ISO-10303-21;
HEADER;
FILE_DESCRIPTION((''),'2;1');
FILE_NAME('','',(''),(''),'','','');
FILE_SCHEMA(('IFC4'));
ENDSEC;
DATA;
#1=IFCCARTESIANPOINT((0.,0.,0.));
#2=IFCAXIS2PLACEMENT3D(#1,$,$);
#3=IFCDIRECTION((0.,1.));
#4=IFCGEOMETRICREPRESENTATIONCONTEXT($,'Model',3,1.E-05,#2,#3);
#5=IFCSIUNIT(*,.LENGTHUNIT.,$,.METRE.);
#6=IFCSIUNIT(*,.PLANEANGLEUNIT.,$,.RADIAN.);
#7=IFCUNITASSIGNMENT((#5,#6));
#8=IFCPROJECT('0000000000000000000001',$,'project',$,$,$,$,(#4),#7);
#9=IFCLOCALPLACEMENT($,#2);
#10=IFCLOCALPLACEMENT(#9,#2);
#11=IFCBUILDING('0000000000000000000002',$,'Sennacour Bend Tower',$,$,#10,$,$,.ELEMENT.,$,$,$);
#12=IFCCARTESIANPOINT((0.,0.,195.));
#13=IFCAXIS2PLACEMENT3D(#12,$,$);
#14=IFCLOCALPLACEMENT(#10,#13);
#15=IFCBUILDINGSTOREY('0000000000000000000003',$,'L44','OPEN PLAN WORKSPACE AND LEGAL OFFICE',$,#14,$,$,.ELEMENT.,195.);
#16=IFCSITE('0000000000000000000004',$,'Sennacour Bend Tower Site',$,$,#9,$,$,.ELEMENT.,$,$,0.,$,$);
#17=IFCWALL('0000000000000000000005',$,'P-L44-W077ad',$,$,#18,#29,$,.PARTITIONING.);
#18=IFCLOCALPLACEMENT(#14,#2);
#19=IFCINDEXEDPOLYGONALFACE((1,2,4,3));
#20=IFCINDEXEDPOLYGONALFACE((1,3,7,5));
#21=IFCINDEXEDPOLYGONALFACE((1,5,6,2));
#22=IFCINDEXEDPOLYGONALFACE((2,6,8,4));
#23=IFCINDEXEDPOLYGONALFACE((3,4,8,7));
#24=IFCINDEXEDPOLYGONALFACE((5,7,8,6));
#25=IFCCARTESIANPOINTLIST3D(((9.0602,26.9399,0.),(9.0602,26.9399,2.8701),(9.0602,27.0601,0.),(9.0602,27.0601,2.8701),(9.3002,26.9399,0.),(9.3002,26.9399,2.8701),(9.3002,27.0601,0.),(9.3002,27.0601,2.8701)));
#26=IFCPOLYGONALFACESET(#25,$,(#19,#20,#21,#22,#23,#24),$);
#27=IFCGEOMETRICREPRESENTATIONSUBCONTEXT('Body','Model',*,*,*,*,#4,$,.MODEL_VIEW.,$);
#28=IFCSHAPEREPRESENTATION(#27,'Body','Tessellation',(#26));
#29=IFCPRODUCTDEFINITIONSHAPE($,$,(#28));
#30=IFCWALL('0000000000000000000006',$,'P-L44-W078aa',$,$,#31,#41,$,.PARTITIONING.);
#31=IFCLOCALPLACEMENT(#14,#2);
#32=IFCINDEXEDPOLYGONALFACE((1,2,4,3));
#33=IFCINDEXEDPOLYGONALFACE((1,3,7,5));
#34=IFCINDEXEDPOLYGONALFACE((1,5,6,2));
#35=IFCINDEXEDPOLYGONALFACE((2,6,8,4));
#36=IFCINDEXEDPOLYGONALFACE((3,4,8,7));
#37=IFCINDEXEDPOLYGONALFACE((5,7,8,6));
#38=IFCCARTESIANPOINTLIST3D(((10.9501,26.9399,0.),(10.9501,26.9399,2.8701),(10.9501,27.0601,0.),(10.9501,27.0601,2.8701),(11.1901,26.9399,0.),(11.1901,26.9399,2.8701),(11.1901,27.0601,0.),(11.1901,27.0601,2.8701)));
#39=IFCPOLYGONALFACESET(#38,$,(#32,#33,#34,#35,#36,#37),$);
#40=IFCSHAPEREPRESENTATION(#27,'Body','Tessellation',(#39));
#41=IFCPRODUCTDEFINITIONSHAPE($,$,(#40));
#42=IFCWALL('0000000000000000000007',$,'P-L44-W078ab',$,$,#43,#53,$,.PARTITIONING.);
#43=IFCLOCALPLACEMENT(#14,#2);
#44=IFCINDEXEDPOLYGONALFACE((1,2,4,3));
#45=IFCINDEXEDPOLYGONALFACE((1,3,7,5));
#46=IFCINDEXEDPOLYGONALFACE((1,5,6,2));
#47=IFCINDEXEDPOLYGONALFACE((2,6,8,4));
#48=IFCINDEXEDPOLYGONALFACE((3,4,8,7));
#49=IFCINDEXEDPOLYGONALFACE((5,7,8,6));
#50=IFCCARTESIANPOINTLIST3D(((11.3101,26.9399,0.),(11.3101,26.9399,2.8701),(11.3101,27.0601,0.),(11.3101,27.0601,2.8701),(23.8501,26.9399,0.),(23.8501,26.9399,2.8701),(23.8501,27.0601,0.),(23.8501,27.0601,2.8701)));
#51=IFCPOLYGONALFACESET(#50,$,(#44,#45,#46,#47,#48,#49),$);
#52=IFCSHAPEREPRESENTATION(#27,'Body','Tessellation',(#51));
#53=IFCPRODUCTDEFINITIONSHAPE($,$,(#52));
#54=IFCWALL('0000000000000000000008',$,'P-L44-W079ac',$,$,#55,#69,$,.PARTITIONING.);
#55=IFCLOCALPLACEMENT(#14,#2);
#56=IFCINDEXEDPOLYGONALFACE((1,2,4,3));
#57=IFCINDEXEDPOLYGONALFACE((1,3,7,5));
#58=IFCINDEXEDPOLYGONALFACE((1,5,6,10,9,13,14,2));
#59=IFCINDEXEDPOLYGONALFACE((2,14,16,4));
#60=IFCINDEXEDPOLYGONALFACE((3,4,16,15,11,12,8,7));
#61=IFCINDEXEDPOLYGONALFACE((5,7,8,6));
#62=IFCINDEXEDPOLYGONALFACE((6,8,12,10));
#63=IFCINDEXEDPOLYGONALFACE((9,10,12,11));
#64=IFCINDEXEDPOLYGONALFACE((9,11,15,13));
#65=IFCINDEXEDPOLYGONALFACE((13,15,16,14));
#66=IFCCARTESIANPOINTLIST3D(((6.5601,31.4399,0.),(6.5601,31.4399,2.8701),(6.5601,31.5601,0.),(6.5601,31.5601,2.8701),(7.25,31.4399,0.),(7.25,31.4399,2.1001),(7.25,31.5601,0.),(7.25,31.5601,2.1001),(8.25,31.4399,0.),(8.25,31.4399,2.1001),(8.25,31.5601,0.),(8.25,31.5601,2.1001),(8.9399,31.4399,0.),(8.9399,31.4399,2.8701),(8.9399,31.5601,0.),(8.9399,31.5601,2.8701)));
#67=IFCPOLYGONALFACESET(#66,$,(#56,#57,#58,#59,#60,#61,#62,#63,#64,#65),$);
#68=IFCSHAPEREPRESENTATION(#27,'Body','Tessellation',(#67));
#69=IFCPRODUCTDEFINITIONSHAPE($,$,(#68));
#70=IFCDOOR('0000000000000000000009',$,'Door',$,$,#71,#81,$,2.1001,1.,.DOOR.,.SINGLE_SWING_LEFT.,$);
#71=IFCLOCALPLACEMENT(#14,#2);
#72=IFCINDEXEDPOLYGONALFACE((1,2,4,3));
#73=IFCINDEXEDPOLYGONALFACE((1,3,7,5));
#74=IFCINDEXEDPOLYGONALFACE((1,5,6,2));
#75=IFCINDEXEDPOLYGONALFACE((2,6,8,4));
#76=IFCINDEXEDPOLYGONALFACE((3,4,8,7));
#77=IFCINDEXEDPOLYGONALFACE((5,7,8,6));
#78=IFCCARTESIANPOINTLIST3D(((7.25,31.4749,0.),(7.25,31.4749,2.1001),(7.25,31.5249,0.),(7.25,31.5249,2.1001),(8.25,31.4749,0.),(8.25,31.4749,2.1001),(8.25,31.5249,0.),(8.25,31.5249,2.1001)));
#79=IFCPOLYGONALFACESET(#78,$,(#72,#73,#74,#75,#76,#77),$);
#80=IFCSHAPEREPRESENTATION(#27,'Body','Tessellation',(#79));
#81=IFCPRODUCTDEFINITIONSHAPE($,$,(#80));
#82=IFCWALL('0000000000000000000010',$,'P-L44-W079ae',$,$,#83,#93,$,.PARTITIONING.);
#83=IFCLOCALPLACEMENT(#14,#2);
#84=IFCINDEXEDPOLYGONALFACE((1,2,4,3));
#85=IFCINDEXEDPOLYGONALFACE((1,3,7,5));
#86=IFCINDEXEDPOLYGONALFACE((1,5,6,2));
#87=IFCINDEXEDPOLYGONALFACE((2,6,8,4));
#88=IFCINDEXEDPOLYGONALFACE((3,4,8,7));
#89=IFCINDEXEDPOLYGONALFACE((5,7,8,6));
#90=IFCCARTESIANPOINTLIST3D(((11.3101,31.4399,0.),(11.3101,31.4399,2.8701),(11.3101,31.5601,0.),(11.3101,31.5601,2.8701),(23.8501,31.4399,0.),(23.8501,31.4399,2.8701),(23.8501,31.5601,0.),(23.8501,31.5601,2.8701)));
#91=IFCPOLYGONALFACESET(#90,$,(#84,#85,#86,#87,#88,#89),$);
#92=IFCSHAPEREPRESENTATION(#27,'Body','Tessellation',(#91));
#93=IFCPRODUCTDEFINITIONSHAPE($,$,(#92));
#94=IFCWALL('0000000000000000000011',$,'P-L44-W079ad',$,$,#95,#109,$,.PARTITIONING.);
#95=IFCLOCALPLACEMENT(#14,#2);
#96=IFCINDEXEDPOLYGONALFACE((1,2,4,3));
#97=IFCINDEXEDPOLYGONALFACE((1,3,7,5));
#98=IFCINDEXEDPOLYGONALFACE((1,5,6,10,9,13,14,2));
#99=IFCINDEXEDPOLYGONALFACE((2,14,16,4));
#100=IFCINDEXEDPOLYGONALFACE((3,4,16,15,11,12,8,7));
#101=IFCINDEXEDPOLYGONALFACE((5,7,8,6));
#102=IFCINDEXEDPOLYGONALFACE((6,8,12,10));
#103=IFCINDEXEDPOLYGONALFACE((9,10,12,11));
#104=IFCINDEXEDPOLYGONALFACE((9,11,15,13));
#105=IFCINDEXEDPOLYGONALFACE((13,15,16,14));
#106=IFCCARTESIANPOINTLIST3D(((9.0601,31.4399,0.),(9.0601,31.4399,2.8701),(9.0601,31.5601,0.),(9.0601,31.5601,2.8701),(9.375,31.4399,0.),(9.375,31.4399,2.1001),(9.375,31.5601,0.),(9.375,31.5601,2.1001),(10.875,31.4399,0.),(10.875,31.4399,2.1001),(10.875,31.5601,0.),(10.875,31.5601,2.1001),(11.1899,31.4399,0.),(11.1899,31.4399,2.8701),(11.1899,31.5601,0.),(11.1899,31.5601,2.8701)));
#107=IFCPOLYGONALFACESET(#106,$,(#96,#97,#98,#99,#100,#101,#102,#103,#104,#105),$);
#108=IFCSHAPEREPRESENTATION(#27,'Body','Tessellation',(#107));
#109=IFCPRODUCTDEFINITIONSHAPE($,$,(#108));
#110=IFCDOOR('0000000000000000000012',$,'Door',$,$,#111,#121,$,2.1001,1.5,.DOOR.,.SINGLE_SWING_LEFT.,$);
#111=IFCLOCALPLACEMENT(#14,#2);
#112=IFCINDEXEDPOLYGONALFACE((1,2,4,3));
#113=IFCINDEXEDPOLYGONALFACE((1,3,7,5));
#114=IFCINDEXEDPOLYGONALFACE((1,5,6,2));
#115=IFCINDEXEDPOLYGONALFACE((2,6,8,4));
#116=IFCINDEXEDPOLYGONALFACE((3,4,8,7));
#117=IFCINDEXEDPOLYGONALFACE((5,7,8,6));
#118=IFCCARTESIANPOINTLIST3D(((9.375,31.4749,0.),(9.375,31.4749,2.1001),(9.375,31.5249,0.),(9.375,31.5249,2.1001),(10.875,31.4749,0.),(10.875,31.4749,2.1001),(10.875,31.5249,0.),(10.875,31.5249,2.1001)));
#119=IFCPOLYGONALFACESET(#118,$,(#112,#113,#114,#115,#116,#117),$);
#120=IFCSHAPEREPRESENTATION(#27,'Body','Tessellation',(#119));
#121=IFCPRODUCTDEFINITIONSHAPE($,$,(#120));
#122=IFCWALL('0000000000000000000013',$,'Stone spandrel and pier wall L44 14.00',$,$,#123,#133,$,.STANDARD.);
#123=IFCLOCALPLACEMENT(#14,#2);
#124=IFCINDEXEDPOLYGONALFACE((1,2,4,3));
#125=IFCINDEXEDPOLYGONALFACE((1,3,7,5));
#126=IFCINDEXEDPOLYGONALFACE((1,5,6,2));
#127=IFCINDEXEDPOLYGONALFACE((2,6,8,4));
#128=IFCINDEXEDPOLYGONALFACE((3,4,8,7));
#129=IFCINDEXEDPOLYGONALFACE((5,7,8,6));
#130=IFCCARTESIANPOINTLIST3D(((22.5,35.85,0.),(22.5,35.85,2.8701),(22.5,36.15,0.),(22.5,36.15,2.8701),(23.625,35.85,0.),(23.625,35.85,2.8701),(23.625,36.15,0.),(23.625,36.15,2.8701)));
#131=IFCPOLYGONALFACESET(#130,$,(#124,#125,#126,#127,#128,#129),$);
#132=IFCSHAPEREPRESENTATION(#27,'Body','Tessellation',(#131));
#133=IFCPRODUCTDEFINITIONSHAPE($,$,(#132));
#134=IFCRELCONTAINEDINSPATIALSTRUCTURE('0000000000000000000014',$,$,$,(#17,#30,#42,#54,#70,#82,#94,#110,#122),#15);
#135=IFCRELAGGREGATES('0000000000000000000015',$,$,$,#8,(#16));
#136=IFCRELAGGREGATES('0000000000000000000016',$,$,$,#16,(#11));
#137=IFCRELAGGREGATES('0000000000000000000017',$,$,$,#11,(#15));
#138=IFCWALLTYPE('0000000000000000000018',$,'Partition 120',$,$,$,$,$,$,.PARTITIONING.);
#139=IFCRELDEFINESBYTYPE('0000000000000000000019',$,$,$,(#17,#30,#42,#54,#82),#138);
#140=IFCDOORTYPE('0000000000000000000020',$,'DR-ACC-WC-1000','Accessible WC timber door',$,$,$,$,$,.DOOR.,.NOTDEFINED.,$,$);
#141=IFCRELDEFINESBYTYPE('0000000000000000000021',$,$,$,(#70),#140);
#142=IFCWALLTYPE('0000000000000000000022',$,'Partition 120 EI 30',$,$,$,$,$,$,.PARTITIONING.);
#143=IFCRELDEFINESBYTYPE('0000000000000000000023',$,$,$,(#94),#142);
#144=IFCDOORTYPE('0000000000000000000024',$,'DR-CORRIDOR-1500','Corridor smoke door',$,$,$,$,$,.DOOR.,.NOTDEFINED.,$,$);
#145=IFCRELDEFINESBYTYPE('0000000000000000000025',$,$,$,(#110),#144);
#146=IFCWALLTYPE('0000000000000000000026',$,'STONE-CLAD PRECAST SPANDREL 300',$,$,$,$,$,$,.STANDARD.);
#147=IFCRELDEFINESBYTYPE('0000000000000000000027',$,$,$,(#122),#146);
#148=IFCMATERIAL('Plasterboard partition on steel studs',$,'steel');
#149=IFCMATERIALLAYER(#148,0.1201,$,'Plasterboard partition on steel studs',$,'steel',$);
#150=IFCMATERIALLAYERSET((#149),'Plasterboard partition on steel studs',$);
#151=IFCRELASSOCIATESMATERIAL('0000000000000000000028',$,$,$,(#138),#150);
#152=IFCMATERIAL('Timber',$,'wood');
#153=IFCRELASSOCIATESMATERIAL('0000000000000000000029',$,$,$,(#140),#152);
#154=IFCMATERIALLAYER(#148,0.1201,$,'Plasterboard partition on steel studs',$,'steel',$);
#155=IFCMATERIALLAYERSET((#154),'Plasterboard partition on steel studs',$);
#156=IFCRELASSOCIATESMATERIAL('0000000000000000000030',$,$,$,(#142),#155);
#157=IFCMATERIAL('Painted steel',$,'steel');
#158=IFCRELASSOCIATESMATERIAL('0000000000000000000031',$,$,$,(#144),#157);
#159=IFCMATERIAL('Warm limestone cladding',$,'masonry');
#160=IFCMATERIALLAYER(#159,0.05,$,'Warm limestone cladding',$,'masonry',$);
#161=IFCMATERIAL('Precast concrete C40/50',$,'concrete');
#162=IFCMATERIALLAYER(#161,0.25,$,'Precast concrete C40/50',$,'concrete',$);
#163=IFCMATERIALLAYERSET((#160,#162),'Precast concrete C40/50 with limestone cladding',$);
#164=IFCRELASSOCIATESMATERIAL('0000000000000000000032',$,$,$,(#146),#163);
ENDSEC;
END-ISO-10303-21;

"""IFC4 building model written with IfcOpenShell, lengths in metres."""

from ifc_helpers import new_model, si_unit, direction, frame, frame_2d, origin, place, context, subcontext, project, spatial, rectangle, extrude, material, layer, layer_set, type_object, element, fill, save


model = new_model("IFC4")

# Units and contexts
model_context = context("Model", 3, precision=1e-05, world=origin(), true_north=direction((0.0, 1.0)))
body_context = subcontext(model_context, "Body", "Model", "MODEL_VIEW")
ifc_project = project(units=[si_unit("LENGTHUNIT", "METRE"), si_unit("PLANEANGLEUNIT", "RADIAN")], contexts=[model_context])

# Site, building, storey
site_placement = place(None, origin())
site = spatial("IfcSite", under=ifc_project, at=site_placement, Name="Sennacour Bend Tower Site", CompositionType="ELEMENT", RefElevation=0.0)
building_placement = place(site_placement, origin())
building = spatial("IfcBuilding", under=site, at=building_placement, Name="Sennacour Bend Tower", CompositionType="ELEMENT")
storey_placement = place(building_placement, frame((0.0, 0.0, 195.0)))
storey = spatial("IfcBuildingStorey", under=building, at=storey_placement, Name="L44", Description="OPEN PLAN WORKSPACE AND LEGAL OFFICE", CompositionType="ELEMENT", Elevation=195.0)

# Walls
ifc_material_1 = material(Name="Plasterboard partition on steel studs", Category="steel")
ifc_layer_1 = layer(ifc_material_1, 0.1201, Name="Plasterboard partition on steel studs", Category="steel")
ifc_layer_set_1 = layer_set([ifc_layer_1], Name="Plasterboard partition on steel studs")
wall_type_1 = type_object("IfcWallType", Name="Partition 120", PredefinedType="PARTITIONING", material=ifc_layer_set_1)
for number, where, z_axis, x_axis, name in (
    (1, (9.0601, 27.0, 0.0), (0.0, 0.0, 1.0), (1.0, 0.0, 0.0), "P-L44-W077ad"),
    (2, (10.95, 27.0, 0.0), (0.0, 0.0, 1.0), (1.0, 0.0, 0.0), "P-L44-W078aa"),
):
    element("IfcWall", number, at=place(storey_placement, frame(where, z_axis=z_axis, x_axis=x_axis)), inside=storey, type_object=wall_type_1, Name=name, PredefinedType="PARTITIONING", context=body_context, shape_type="SweptSolid", body=[
        extrude(rectangle(XDim=0.24, YDim=0.1201, at=frame_2d((0.1201, 0.0))), origin(), (0.0, 0.0, 1.0), 2.8701),
    ])
wall_1_placement = place(storey_placement, frame((11.3101, 27.0, 0.0), z_axis=(0.0, 0.0, 1.0), x_axis=(1.0, 0.0, 0.0)))
element("IfcWall", 3, at=wall_1_placement, inside=storey, type_object=wall_type_1, Name="P-L44-W078ab", PredefinedType="PARTITIONING", context=body_context, shape_type="SweptSolid", body=[
    extrude(rectangle(XDim=12.54, YDim=0.1201, at=frame_2d((6.27, 0.0))), origin(), (0.0, 0.0, 1.0), 2.8701),
])

# Wall, opening, door
wall_2_placement = place(storey_placement, frame((6.5601, 31.5, 0.0), z_axis=(0.0, 0.0, 1.0), x_axis=(1.0, 0.0, 0.0)))
wall_2 = element("IfcWall", 4, at=wall_2_placement, inside=storey, type_object=wall_type_1, Name="P-L44-W079ac", PredefinedType="PARTITIONING", context=body_context, shape_type="SweptSolid", body=[
    extrude(rectangle(XDim=2.3799, YDim=0.1201, at=frame_2d((1.1899, 0.0))), origin(), (0.0, 0.0, 1.0), 2.8701),
])
opening_1_placement = place(wall_2_placement, frame((0.6899, 0.0, 0.0)))
opening_1 = element("IfcOpeningElement", 5, at=opening_1_placement, cuts=wall_2, PredefinedType="OPENING", context=body_context, shape_type="SweptSolid", body=[
    extrude(rectangle(XDim=1.0, YDim=2.1001, at=frame_2d((0.5, 1.05))), frame((0.0, 0.0701, 0.0), z_axis=(0.0, -1.0, 0.0), x_axis=(1.0, 0.0, 0.0)), (0.0, 0.0, 1.0), 0.1401),
])
ifc_material_2 = material(Name="Timber", Category="wood")
door_type_1 = type_object("IfcDoorType", Name="DR-ACC-WC-1000", Description="Accessible WC timber door", OperationType="NOTDEFINED", PredefinedType="DOOR", material=ifc_material_2)
door_1_placement = place(opening_1_placement, origin())
door_1 = element("IfcDoor", 6, at=door_1_placement, inside=storey, type_object=door_type_1, Name="Door", OperationType="SINGLE_SWING_LEFT", OverallHeight=2.1001, OverallWidth=1.0, PredefinedType="DOOR", context=body_context, shape_type="SweptSolid", body=[
    extrude(rectangle(XDim=1.0, YDim=2.1001, at=frame_2d((0.5, 1.05))), frame((0.0, 0.0249, 0.0), z_axis=(0.0, -1.0, 0.0), x_axis=(1.0, 0.0, 0.0)), (0.0, 0.0, 1.0), 0.05),
])
fill(opening_1, door_1)

# Wall
wall_3_placement = place(storey_placement, frame((11.3101, 31.5, 0.0), z_axis=(0.0, 0.0, 1.0), x_axis=(1.0, 0.0, 0.0)))
element("IfcWall", 7, at=wall_3_placement, inside=storey, type_object=wall_type_1, Name="P-L44-W079ae", PredefinedType="PARTITIONING", context=body_context, shape_type="SweptSolid", body=[
    extrude(rectangle(XDim=12.54, YDim=0.1201, at=frame_2d((6.27, 0.0))), origin(), (0.0, 0.0, 1.0), 2.8701),
])

# Wall, opening, door
ifc_layer_2 = layer(ifc_material_1, 0.1201, Name="Plasterboard partition on steel studs", Category="steel")
ifc_layer_set_2 = layer_set([ifc_layer_2], Name="Plasterboard partition on steel studs")
wall_type_2 = type_object("IfcWallType", Name="Partition 120 EI 30", PredefinedType="PARTITIONING", material=ifc_layer_set_2)
wall_4_placement = place(storey_placement, frame((9.0601, 31.5, 0.0), z_axis=(0.0, 0.0, 1.0), x_axis=(1.0, 0.0, 0.0)))
wall_4 = element("IfcWall", 8, at=wall_4_placement, inside=storey, type_object=wall_type_2, Name="P-L44-W079ad", PredefinedType="PARTITIONING", context=body_context, shape_type="SweptSolid", body=[
    extrude(rectangle(XDim=2.1299, YDim=0.1201, at=frame_2d((1.0649, 0.0))), origin(), (0.0, 0.0, 1.0), 2.8701),
])
opening_2_placement = place(wall_4_placement, frame((0.3149, 0.0, 0.0)))
opening_2 = element("IfcOpeningElement", 9, at=opening_2_placement, cuts=wall_4, PredefinedType="OPENING", context=body_context, shape_type="SweptSolid", body=[
    extrude(rectangle(XDim=1.5, YDim=2.1001, at=frame_2d((0.75, 1.05))), frame((0.0, 0.0701, 0.0), z_axis=(0.0, -1.0, 0.0), x_axis=(1.0, 0.0, 0.0)), (0.0, 0.0, 1.0), 0.1401),
])
ifc_material_3 = material(Name="Painted steel", Category="steel")
door_type_2 = type_object("IfcDoorType", Name="DR-CORRIDOR-1500", Description="Corridor smoke door", OperationType="NOTDEFINED", PredefinedType="DOOR", material=ifc_material_3)
door_2_placement = place(opening_2_placement, origin())
door_2 = element("IfcDoor", 10, at=door_2_placement, inside=storey, type_object=door_type_2, Name="Door", OperationType="SINGLE_SWING_LEFT", OverallHeight=2.1001, OverallWidth=1.5, PredefinedType="DOOR", context=body_context, shape_type="SweptSolid", body=[
    extrude(rectangle(XDim=1.5, YDim=2.1001, at=frame_2d((0.75, 1.05))), frame((0.0, 0.0249, 0.0), z_axis=(0.0, -1.0, 0.0), x_axis=(1.0, 0.0, 0.0)), (0.0, 0.0, 1.0), 0.05),
])
fill(opening_2, door_2)

# Wall
ifc_material_4 = material(Name="Warm limestone cladding", Category="masonry")
ifc_layer_3 = layer(ifc_material_4, 0.05, Name="Warm limestone cladding", Category="masonry")
ifc_material_5 = material(Name="Precast concrete C40/50", Category="concrete")
ifc_layer_4 = layer(ifc_material_5, 0.25, Name="Precast concrete C40/50", Category="concrete")
ifc_layer_set_3 = layer_set([ifc_layer_3, ifc_layer_4], Name="Precast concrete C40/50 with limestone cladding")
wall_type_3 = type_object("IfcWallType", Name="STONE-CLAD PRECAST SPANDREL 300", PredefinedType="STANDARD", material=ifc_layer_set_3)
wall_5_placement = place(storey_placement, frame((23.625, 36.0, 0.0), z_axis=(0.0, 0.0, 1.0), x_axis=(-1.0, 0.0, 0.0)))
element("IfcWall", 11, at=wall_5_placement, inside=storey, type_object=wall_type_3, Name="Stone spandrel and pier wall L44 14.00", PredefinedType="STANDARD", context=body_context, shape_type="SweptSolid", body=[
    extrude(rectangle(XDim=1.125, YDim=0.3, at=frame_2d((0.5625, 0.0))), origin(), (0.0, 0.0, 1.0), 2.8701),
])

save(model, "model.ifc")
